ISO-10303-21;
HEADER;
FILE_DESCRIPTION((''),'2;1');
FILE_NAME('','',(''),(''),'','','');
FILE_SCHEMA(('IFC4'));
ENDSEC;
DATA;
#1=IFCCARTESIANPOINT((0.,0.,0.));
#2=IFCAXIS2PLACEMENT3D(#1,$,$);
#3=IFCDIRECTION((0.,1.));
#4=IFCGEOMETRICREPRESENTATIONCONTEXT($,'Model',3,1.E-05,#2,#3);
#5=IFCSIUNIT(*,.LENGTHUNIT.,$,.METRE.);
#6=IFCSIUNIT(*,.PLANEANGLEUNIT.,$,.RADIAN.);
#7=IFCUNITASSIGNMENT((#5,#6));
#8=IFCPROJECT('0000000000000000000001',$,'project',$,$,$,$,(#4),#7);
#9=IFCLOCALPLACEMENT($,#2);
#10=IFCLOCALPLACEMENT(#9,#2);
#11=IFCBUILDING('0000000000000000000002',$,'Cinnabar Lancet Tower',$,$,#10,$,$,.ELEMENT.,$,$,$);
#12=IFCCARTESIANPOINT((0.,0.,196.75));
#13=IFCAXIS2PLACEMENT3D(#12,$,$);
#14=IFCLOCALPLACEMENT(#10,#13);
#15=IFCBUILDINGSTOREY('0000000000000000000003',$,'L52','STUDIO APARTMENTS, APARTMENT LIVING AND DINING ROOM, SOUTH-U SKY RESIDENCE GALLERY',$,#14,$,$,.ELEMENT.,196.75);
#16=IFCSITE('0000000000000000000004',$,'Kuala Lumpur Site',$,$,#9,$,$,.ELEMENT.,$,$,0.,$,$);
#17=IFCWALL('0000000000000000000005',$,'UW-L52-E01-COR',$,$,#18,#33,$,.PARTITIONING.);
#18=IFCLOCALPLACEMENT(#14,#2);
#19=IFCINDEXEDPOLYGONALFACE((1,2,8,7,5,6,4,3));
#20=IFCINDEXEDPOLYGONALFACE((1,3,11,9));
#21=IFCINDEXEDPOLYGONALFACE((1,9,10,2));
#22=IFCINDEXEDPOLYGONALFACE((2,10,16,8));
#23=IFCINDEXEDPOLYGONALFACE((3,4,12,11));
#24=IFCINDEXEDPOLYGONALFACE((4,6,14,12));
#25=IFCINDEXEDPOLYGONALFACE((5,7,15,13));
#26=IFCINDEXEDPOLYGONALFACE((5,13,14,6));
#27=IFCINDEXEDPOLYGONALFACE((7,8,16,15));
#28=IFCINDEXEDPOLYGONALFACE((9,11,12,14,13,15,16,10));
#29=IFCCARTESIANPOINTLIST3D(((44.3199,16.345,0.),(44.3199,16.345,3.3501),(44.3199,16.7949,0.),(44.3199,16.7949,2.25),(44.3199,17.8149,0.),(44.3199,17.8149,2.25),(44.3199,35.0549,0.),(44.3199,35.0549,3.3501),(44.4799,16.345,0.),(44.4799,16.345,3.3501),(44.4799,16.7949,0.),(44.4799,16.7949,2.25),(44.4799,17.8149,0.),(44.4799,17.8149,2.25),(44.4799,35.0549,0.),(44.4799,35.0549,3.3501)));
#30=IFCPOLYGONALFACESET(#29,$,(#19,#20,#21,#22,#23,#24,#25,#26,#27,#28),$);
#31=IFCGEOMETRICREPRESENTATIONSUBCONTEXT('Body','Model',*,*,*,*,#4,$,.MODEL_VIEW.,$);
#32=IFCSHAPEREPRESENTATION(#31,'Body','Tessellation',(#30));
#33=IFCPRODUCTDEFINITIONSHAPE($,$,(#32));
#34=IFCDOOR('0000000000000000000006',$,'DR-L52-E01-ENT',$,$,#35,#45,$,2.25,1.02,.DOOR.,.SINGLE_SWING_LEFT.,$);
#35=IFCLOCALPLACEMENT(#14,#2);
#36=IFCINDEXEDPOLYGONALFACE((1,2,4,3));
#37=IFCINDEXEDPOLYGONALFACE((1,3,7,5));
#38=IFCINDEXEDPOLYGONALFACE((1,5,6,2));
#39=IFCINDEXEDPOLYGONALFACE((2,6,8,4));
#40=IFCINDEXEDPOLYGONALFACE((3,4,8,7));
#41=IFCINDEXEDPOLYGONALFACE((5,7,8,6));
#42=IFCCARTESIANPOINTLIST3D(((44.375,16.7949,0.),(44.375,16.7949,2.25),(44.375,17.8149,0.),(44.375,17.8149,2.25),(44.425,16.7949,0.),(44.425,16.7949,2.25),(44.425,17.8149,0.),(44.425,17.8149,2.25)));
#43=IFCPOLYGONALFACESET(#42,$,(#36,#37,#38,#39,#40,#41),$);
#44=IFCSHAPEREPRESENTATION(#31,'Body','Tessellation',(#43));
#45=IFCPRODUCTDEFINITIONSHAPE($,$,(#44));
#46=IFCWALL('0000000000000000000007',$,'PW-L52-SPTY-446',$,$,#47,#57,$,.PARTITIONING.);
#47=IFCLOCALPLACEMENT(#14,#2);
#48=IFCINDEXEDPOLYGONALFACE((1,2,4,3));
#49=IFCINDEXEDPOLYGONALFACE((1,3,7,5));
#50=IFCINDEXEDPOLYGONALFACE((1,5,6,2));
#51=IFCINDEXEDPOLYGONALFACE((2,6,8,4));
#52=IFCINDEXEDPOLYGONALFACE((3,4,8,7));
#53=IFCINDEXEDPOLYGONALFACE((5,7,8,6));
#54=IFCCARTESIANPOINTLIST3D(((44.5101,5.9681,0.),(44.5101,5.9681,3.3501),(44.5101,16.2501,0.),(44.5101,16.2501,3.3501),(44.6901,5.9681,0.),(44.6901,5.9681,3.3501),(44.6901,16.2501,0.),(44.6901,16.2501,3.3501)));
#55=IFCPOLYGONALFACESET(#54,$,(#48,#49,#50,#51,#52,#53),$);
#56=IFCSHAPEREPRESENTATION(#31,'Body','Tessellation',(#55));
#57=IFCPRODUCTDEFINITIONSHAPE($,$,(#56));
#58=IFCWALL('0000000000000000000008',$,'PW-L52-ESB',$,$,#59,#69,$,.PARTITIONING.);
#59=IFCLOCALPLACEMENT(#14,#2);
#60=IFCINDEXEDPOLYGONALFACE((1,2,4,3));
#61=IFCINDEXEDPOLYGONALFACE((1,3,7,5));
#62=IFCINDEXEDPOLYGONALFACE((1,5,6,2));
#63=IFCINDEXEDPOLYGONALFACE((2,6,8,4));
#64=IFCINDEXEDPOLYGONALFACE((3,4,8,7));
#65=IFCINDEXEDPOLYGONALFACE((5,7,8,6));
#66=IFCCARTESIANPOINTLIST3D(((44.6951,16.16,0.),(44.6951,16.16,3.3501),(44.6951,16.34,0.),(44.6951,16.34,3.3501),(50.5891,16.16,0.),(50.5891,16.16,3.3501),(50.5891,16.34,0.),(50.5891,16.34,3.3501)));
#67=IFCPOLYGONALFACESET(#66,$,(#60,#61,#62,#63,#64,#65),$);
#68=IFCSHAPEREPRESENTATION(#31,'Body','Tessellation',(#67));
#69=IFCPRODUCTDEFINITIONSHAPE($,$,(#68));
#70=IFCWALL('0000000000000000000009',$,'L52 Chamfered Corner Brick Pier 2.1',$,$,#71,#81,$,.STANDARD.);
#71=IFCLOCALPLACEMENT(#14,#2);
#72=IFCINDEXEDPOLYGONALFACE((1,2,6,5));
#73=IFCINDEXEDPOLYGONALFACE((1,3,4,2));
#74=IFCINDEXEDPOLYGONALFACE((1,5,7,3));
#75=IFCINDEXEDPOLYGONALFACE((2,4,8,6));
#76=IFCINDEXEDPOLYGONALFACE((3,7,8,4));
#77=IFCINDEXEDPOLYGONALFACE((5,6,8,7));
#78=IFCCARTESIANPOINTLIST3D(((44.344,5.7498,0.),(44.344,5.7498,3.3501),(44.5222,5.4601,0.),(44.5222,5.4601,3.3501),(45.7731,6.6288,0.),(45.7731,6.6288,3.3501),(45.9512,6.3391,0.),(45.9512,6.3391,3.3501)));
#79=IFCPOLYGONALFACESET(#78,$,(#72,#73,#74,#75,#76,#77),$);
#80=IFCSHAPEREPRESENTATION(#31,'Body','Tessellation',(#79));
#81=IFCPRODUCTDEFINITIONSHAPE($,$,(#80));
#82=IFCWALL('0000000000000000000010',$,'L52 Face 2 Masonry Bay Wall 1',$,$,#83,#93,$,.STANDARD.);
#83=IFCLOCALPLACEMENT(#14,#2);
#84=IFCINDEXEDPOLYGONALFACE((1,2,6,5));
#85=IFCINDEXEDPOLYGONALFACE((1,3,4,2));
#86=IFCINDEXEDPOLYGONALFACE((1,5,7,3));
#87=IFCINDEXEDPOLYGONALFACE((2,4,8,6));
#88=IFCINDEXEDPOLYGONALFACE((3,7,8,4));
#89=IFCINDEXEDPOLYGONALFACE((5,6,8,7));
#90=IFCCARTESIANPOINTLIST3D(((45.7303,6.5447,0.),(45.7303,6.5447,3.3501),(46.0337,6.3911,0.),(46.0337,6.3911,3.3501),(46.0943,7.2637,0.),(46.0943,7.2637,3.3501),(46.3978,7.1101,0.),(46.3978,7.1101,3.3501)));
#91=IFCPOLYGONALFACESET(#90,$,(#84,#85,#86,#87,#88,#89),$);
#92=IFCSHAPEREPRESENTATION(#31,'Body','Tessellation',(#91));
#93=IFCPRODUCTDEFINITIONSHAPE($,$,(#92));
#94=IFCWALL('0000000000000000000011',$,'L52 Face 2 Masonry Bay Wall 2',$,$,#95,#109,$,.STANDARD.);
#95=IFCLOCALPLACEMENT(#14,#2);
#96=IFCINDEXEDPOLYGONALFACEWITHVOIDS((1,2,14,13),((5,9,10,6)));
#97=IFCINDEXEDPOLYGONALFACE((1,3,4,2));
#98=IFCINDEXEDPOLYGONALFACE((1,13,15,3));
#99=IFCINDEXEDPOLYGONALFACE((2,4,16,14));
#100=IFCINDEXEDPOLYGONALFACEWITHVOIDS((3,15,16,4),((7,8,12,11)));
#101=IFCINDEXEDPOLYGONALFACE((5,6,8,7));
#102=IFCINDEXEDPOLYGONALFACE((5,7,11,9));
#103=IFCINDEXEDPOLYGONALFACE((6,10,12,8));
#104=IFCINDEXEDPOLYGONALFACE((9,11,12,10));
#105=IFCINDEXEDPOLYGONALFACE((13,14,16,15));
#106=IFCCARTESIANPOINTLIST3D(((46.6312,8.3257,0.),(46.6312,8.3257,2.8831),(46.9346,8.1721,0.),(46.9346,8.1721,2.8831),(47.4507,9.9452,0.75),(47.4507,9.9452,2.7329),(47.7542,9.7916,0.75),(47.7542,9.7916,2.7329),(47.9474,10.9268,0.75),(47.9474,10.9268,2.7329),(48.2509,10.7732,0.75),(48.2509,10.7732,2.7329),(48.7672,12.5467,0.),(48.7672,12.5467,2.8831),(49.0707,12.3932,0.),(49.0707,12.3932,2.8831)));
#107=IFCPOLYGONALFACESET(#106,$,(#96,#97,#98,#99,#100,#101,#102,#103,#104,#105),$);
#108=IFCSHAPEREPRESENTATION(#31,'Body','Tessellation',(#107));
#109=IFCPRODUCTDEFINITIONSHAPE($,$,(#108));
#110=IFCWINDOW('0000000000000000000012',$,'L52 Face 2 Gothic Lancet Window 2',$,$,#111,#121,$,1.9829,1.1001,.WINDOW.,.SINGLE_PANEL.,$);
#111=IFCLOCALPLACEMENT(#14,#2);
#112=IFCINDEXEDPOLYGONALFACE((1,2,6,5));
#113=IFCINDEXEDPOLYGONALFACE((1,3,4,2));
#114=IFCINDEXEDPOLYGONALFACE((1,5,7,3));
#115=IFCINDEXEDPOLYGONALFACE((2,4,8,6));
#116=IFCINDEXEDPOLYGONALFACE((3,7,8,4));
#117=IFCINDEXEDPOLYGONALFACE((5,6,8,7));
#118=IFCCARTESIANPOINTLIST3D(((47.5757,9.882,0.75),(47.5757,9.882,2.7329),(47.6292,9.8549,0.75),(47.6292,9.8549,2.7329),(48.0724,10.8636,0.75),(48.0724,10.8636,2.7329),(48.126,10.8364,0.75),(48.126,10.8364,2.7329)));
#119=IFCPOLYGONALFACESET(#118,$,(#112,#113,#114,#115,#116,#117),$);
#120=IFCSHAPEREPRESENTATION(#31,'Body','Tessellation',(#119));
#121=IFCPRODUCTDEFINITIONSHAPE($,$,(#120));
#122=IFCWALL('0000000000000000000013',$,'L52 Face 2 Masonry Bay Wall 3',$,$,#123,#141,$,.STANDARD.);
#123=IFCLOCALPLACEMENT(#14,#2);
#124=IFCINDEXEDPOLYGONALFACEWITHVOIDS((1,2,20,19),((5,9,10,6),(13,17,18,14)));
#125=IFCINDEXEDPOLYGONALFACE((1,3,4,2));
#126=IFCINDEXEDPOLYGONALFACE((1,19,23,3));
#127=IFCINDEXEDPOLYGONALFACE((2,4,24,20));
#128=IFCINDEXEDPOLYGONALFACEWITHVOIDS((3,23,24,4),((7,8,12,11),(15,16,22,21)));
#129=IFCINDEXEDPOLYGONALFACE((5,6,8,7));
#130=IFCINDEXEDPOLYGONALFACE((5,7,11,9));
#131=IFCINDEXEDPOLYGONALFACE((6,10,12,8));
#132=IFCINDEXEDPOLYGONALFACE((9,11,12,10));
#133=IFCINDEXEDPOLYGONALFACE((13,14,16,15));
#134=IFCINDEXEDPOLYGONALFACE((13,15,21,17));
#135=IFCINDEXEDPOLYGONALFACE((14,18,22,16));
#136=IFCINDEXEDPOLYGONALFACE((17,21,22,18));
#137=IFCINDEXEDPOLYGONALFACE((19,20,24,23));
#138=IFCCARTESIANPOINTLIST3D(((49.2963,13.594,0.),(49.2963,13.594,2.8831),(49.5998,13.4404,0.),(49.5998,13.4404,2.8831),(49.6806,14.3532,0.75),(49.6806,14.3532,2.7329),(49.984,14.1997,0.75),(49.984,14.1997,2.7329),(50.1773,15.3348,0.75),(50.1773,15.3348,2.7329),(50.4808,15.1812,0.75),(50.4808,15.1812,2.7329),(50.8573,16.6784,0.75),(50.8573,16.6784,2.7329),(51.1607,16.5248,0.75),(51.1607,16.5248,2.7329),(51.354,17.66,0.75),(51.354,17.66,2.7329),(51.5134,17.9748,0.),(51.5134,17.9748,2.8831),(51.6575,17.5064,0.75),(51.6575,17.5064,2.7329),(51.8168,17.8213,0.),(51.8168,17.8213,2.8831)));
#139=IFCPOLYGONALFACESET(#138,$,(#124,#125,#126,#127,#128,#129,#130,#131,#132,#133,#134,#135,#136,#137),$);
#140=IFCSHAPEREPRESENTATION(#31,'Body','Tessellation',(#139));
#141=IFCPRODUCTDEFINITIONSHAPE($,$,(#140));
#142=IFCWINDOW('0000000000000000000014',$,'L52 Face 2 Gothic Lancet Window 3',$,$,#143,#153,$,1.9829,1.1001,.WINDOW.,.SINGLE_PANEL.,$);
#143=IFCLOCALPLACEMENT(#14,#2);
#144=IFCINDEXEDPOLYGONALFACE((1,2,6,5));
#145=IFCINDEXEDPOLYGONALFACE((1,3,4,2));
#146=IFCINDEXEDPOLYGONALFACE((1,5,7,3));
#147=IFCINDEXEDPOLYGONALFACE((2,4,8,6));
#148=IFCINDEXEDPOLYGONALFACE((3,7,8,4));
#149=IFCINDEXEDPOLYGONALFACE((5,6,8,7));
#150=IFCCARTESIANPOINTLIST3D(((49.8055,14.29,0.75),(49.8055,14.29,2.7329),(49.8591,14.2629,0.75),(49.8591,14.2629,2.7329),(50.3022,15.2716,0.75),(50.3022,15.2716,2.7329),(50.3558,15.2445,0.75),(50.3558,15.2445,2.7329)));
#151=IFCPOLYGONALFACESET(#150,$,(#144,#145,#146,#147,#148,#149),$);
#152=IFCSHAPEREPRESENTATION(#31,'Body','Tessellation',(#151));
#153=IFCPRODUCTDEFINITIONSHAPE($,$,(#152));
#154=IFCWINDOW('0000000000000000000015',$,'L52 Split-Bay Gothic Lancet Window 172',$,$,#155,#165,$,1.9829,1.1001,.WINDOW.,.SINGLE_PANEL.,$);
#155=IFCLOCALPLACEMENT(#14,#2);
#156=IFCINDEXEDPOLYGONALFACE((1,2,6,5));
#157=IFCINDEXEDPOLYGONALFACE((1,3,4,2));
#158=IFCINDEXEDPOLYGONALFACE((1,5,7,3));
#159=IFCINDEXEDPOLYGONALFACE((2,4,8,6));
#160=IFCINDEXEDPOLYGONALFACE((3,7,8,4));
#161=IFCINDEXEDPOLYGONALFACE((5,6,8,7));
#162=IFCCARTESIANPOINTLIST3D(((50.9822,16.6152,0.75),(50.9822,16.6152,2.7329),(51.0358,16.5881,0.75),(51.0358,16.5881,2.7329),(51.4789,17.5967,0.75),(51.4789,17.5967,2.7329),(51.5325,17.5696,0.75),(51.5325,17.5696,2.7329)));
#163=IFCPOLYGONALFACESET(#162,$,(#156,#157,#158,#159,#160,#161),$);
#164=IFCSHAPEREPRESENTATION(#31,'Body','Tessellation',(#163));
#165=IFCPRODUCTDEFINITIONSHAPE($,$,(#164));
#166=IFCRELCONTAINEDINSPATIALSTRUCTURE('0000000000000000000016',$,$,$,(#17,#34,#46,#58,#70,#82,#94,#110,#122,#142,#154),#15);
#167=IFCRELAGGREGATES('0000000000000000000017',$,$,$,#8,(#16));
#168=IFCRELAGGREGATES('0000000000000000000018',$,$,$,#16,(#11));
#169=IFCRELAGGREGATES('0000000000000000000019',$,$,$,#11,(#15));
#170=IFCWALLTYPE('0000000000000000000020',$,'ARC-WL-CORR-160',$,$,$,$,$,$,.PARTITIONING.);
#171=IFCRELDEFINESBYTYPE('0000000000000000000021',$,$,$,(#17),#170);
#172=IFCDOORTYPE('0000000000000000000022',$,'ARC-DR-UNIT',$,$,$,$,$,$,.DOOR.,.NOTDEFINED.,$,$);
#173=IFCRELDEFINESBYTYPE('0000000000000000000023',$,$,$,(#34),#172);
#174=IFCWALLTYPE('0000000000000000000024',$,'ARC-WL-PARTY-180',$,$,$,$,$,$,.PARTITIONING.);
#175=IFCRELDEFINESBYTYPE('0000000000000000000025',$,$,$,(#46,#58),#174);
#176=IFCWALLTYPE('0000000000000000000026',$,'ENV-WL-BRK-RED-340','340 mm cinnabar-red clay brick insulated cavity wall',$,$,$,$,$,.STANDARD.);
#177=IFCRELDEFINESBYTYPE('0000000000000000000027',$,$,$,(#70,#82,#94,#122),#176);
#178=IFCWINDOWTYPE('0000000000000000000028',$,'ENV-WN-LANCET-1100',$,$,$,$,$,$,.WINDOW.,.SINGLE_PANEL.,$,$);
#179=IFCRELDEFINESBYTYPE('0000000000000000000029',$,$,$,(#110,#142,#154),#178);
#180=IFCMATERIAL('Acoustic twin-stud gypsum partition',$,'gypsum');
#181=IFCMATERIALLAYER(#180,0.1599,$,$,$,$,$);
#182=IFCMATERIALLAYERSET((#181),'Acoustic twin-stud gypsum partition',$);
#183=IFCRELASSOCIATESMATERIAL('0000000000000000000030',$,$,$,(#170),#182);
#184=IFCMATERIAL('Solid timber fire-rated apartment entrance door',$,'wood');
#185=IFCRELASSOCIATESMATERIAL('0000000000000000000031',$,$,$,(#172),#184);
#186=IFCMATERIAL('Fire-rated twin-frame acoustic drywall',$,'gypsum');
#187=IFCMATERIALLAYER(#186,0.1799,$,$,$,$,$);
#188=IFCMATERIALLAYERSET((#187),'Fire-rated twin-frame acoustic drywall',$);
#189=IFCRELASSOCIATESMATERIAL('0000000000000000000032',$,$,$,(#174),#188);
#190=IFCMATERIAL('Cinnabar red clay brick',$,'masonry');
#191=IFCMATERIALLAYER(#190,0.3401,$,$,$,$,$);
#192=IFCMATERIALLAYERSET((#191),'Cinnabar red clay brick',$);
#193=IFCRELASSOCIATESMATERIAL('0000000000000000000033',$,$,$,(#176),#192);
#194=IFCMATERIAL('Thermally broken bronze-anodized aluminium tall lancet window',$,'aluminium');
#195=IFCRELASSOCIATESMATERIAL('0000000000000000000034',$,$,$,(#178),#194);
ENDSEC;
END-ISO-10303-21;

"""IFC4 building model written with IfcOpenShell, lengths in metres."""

from ifc_helpers import new_model, si_unit, direction, frame, frame_2d, origin, place, context, subcontext, project, spatial, rectangle, extrude, material, layer, layer_set, type_object, element, fill, save


model = new_model("IFC4")

# Units and contexts
model_context = context("Model", 3, precision=1e-05, world=origin(), true_north=direction((0.0, 1.0)))
body_context = subcontext(model_context, "Body", "Model", "MODEL_VIEW")
ifc_project = project(units=[si_unit("LENGTHUNIT", "METRE"), si_unit("PLANEANGLEUNIT", "RADIAN")], contexts=[model_context])

# Site, building, storey
site_placement = place(None, origin())
site = spatial("IfcSite", under=ifc_project, at=site_placement, Name="Kuala Lumpur Site", CompositionType="ELEMENT", RefElevation=0.0)
building_placement = place(site_placement, origin())
building = spatial("IfcBuilding", under=site, at=building_placement, Name="Cinnabar Lancet Tower", CompositionType="ELEMENT")
storey_placement = place(building_placement, frame((0.0, 0.0, 196.75)))
storey = spatial("IfcBuildingStorey", under=building, at=storey_placement, Name="L52", Description="STUDIO APARTMENTS, APARTMENT LIVING AND DINING ROOM, SOUTH-U SKY RESIDENCE GALLERY", CompositionType="ELEMENT", Elevation=196.75)

# Wall, opening, door
ifc_material_1 = material(Name="Acoustic twin-stud gypsum partition", Category="gypsum")
ifc_layer_1 = layer(ifc_material_1, 0.1599)
ifc_layer_set_1 = layer_set([ifc_layer_1], Name="Acoustic twin-stud gypsum partition")
wall_type_1 = type_object("IfcWallType", Name="ARC-WL-CORR-160", PredefinedType="PARTITIONING", material=ifc_layer_set_1)
wall_1_placement = place(storey_placement, frame((44.3999, 16.345, 0.0), z_axis=(0.0, 0.0, 1.0), x_axis=(0.0, 1.0, 0.0)))
wall_1 = element("IfcWall", 1, at=wall_1_placement, inside=storey, type_object=wall_type_1, Name="UW-L52-E01-COR", PredefinedType="PARTITIONING", context=body_context, shape_type="SweptSolid", body=[
    extrude(rectangle(XDim=18.71, YDim=0.1599, at=frame_2d((9.355, 0.0))), origin(), (0.0, 0.0, 1.0), 3.3501),
])
opening_1_placement = place(wall_1_placement, frame((0.45, 0.0, 0.0)))
opening_1 = element("IfcOpeningElement", 2, at=opening_1_placement, cuts=wall_1, PredefinedType="OPENING", context=body_context, shape_type="SweptSolid", body=[
    extrude(rectangle(XDim=1.02, YDim=2.25, at=frame_2d((0.51, 1.125))), frame((0.0, 0.0898, 0.0), z_axis=(0.0, -1.0, 0.0), x_axis=(1.0, 0.0, 0.0)), (0.0, 0.0, 1.0), 0.1799),
])
ifc_material_2 = material(Name="Solid timber fire-rated apartment entrance door", Category="wood")
door_type = type_object("IfcDoorType", Name="ARC-DR-UNIT", OperationType="NOTDEFINED", PredefinedType="DOOR", material=ifc_material_2)
door_placement = place(opening_1_placement, origin())
door = element("IfcDoor", 3, at=door_placement, inside=storey, type_object=door_type, Name="DR-L52-E01-ENT", OperationType="SINGLE_SWING_LEFT", OverallHeight=2.25, OverallWidth=1.02, PredefinedType="DOOR", context=body_context, shape_type="SweptSolid", body=[
    extrude(rectangle(XDim=1.02, YDim=2.25, at=frame_2d((0.51, 1.125))), frame((0.0, 0.0249, 0.0), z_axis=(0.0, -1.0, 0.0), x_axis=(1.0, 0.0, 0.0)), (0.0, 0.0, 1.0), 0.05),
])
fill(opening_1, door)

# Walls
ifc_material_3 = material(Name="Fire-rated twin-frame acoustic drywall", Category="gypsum")
ifc_layer_2 = layer(ifc_material_3, 0.1799)
ifc_layer_set_2 = layer_set([ifc_layer_2], Name="Fire-rated twin-frame acoustic drywall")
wall_type_2 = type_object("IfcWallType", Name="ARC-WL-PARTY-180", PredefinedType="PARTITIONING", material=ifc_layer_set_2)
wall_2_placement = place(storey_placement, frame((44.6001, 5.968, 0.0), z_axis=(0.0, 0.0, 1.0), x_axis=(0.0, 1.0, 0.0)))
element("IfcWall", 4, at=wall_2_placement, inside=storey, type_object=wall_type_2, Name="PW-L52-SPTY-446", PredefinedType="PARTITIONING", context=body_context, shape_type="SweptSolid", body=[
    extrude(rectangle(XDim=10.282, YDim=0.1799, at=frame_2d((5.1411, 0.0))), origin(), (0.0, 0.0, 1.0), 3.3501),
])
wall_3_placement = place(storey_placement, frame((44.6951, 16.25, 0.0), z_axis=(0.0, 0.0, 1.0), x_axis=(1.0, 0.0, 0.0)))
element("IfcWall", 5, at=wall_3_placement, inside=storey, type_object=wall_type_2, Name="PW-L52-ESB", PredefinedType="PARTITIONING", context=body_context, shape_type="SweptSolid", body=[
    extrude(rectangle(XDim=5.894, YDim=0.1799, at=frame_2d((2.947, 0.0))), origin(), (0.0, 0.0, 1.0), 3.3501),
])
ifc_material_4 = material(Name="Cinnabar red clay brick", Category="masonry")
ifc_layer_3 = layer(ifc_material_4, 0.3401)
ifc_layer_set_3 = layer_set([ifc_layer_3], Name="Cinnabar red clay brick")
wall_type_3 = type_object("IfcWallType", Name="ENV-WL-BRK-RED-340", Description="340 mm cinnabar-red clay brick insulated cavity wall", PredefinedType="STANDARD", material=ifc_layer_set_3)
wall_4_placement = place(storey_placement, frame((44.4331, 5.605, 0.0), z_axis=(0.0, 0.0, 1.0), x_axis=(0.851778, 0.523903, 0.0)))
element("IfcWall", 6, at=wall_4_placement, inside=storey, type_object=wall_type_3, Name="L52 Chamfered Corner Brick Pier 2.1", PredefinedType="STANDARD", context=body_context, shape_type="SweptSolid", body=[
    extrude(rectangle(XDim=1.6777, YDim=0.3401, at=frame_2d((0.8389, 0.0))), origin(), (0.0, 0.0, 1.0), 3.3501),
])
wall_5_placement = place(storey_placement, frame((45.8821, 6.468, 0.0), z_axis=(0.0, 0.0, 1.0), x_axis=(0.451692, 0.892174, 0.0)))
element("IfcWall", 7, at=wall_5_placement, inside=storey, type_object=wall_type_3, Name="L52 Face 2 Masonry Bay Wall 1", PredefinedType="STANDARD", context=body_context, shape_type="SweptSolid", body=[
    extrude(rectangle(XDim=0.8059, YDim=0.3401, at=frame_2d((0.4028, 0.0))), origin(), (0.0, 0.0, 1.0), 3.3501),
])

# Wall, opening, window
wall_6_placement = place(storey_placement, frame((46.783, 8.249, 0.0), z_axis=(0.0, 0.0, 1.0), x_axis=(0.451523, 0.89226, 0.0)))
wall_6 = element("IfcWall", 8, at=wall_6_placement, inside=storey, type_object=wall_type_3, Name="L52 Face 2 Masonry Bay Wall 2", PredefinedType="STANDARD", context=body_context, shape_type="SweptSolid", body=[
    extrude(rectangle(XDim=4.7307, YDim=0.3401, at=frame_2d((2.3652, 0.0))), origin(), (0.0, 0.0, 1.0), 2.8831),
])
opening_2_placement = place(wall_6_placement, frame((1.8149, 0.0, 0.75)))
opening_2 = element("IfcOpeningElement", 9, at=opening_2_placement, cuts=wall_6, PredefinedType="OPENING", context=body_context, shape_type="SweptSolid", body=[
    extrude(rectangle(XDim=1.1001, YDim=1.9829, at=frame_2d((0.55, 0.9915))), frame((0.0, 0.1799, 0.0), z_axis=(0.0, -1.0, 0.0), x_axis=(1.0, 0.0, 0.0)), (0.0, 0.0, 1.0), 0.3601),
])
ifc_material_5 = material(Name="Thermally broken bronze-anodized aluminium tall lancet window", Category="aluminium")
window_type = type_object("IfcWindowType", Name="ENV-WN-LANCET-1100", PartitioningType="SINGLE_PANEL", PredefinedType="WINDOW", material=ifc_material_5)
window_1_placement = place(opening_2_placement, origin())
window_1 = element("IfcWindow", 10, at=window_1_placement, inside=storey, type_object=window_type, Name="L52 Face 2 Gothic Lancet Window 2", OverallHeight=1.9829, OverallWidth=1.1001, PartitioningType="SINGLE_PANEL", PredefinedType="WINDOW", context=body_context, shape_type="SweptSolid", body=[
    extrude(rectangle(XDim=1.1001, YDim=1.9829, at=frame_2d((0.55, 0.9915))), frame((0.0, 0.03, 0.0), z_axis=(0.0, -1.0, 0.0), x_axis=(1.0, 0.0, 0.0)), (0.0, 0.0, 1.0), 0.0601),
])
fill(opening_2, window_1)

# Wall, openings, windows
wall_7_placement = place(storey_placement, frame((49.448, 13.5171, 0.0), z_axis=(0.0, 0.0, 1.0), x_axis=(0.451544, 0.892249, 0.0)))
wall_7 = element("IfcWall", 11, at=wall_7_placement, inside=storey, type_object=wall_type_3, Name="L52 Face 2 Masonry Bay Wall 3", PredefinedType="STANDARD", context=body_context, shape_type="SweptSolid", body=[
    extrude(rectangle(XDim=4.9099, YDim=0.3401, at=frame_2d((2.4551, 0.0))), origin(), (0.0, 0.0, 1.0), 2.8831),
])
opening_3_placement = place(wall_7_placement, frame((0.8511, 0.0, 0.75)))
opening_3 = element("IfcOpeningElement", 12, at=opening_3_placement, cuts=wall_7, PredefinedType="OPENING", context=body_context, shape_type="SweptSolid", body=[
    extrude(rectangle(XDim=1.1001, YDim=1.9829, at=frame_2d((0.55, 0.9915))), frame((0.0, 0.1799, 0.0), z_axis=(0.0, -1.0, 0.0), x_axis=(1.0, 0.0, 0.0)), (0.0, 0.0, 1.0), 0.3601),
])
opening_4_placement = place(wall_7_placement, frame((3.457, 0.0, 0.75)))
opening_4 = element("IfcOpeningElement", 13, at=opening_4_placement, cuts=wall_7, PredefinedType="OPENING", context=body_context, shape_type="SweptSolid", body=[
    extrude(rectangle(XDim=1.1001, YDim=1.9829, at=frame_2d((0.55, 0.9915))), frame((0.0, 0.1799, 0.0), z_axis=(0.0, -1.0, 0.0), x_axis=(1.0, 0.0, 0.0)), (0.0, 0.0, 1.0), 0.3601),
])
window_2_placement = place(opening_3_placement, origin())
window_2 = element("IfcWindow", 14, at=window_2_placement, inside=storey, type_object=window_type, Name="L52 Face 2 Gothic Lancet Window 3", OverallHeight=1.9829, OverallWidth=1.1001, PartitioningType="SINGLE_PANEL", PredefinedType="WINDOW", context=body_context, shape_type="SweptSolid", body=[
    extrude(rectangle(XDim=1.1001, YDim=1.9829, at=frame_2d((0.55, 0.9915))), frame((0.0, 0.03, 0.0), z_axis=(0.0, -1.0, 0.0), x_axis=(1.0, 0.0, 0.0)), (0.0, 0.0, 1.0), 0.0601),
])
fill(opening_3, window_2)
window_3_placement = place(opening_4_placement, origin())
window_3 = element("IfcWindow", 15, at=window_3_placement, inside=storey, type_object=window_type, Name="L52 Split-Bay Gothic Lancet Window 172", OverallHeight=1.9829, OverallWidth=1.1001, PartitioningType="SINGLE_PANEL", PredefinedType="WINDOW", context=body_context, shape_type="SweptSolid", body=[
    extrude(rectangle(XDim=1.1001, YDim=1.9829, at=frame_2d((0.55, 0.9915))), frame((0.0, 0.03, 0.0), z_axis=(0.0, -1.0, 0.0), x_axis=(1.0, 0.0, 0.0)), (0.0, 0.0, 1.0), 0.0601),
])
fill(opening_4, window_3)

save(model, "model.ifc")
